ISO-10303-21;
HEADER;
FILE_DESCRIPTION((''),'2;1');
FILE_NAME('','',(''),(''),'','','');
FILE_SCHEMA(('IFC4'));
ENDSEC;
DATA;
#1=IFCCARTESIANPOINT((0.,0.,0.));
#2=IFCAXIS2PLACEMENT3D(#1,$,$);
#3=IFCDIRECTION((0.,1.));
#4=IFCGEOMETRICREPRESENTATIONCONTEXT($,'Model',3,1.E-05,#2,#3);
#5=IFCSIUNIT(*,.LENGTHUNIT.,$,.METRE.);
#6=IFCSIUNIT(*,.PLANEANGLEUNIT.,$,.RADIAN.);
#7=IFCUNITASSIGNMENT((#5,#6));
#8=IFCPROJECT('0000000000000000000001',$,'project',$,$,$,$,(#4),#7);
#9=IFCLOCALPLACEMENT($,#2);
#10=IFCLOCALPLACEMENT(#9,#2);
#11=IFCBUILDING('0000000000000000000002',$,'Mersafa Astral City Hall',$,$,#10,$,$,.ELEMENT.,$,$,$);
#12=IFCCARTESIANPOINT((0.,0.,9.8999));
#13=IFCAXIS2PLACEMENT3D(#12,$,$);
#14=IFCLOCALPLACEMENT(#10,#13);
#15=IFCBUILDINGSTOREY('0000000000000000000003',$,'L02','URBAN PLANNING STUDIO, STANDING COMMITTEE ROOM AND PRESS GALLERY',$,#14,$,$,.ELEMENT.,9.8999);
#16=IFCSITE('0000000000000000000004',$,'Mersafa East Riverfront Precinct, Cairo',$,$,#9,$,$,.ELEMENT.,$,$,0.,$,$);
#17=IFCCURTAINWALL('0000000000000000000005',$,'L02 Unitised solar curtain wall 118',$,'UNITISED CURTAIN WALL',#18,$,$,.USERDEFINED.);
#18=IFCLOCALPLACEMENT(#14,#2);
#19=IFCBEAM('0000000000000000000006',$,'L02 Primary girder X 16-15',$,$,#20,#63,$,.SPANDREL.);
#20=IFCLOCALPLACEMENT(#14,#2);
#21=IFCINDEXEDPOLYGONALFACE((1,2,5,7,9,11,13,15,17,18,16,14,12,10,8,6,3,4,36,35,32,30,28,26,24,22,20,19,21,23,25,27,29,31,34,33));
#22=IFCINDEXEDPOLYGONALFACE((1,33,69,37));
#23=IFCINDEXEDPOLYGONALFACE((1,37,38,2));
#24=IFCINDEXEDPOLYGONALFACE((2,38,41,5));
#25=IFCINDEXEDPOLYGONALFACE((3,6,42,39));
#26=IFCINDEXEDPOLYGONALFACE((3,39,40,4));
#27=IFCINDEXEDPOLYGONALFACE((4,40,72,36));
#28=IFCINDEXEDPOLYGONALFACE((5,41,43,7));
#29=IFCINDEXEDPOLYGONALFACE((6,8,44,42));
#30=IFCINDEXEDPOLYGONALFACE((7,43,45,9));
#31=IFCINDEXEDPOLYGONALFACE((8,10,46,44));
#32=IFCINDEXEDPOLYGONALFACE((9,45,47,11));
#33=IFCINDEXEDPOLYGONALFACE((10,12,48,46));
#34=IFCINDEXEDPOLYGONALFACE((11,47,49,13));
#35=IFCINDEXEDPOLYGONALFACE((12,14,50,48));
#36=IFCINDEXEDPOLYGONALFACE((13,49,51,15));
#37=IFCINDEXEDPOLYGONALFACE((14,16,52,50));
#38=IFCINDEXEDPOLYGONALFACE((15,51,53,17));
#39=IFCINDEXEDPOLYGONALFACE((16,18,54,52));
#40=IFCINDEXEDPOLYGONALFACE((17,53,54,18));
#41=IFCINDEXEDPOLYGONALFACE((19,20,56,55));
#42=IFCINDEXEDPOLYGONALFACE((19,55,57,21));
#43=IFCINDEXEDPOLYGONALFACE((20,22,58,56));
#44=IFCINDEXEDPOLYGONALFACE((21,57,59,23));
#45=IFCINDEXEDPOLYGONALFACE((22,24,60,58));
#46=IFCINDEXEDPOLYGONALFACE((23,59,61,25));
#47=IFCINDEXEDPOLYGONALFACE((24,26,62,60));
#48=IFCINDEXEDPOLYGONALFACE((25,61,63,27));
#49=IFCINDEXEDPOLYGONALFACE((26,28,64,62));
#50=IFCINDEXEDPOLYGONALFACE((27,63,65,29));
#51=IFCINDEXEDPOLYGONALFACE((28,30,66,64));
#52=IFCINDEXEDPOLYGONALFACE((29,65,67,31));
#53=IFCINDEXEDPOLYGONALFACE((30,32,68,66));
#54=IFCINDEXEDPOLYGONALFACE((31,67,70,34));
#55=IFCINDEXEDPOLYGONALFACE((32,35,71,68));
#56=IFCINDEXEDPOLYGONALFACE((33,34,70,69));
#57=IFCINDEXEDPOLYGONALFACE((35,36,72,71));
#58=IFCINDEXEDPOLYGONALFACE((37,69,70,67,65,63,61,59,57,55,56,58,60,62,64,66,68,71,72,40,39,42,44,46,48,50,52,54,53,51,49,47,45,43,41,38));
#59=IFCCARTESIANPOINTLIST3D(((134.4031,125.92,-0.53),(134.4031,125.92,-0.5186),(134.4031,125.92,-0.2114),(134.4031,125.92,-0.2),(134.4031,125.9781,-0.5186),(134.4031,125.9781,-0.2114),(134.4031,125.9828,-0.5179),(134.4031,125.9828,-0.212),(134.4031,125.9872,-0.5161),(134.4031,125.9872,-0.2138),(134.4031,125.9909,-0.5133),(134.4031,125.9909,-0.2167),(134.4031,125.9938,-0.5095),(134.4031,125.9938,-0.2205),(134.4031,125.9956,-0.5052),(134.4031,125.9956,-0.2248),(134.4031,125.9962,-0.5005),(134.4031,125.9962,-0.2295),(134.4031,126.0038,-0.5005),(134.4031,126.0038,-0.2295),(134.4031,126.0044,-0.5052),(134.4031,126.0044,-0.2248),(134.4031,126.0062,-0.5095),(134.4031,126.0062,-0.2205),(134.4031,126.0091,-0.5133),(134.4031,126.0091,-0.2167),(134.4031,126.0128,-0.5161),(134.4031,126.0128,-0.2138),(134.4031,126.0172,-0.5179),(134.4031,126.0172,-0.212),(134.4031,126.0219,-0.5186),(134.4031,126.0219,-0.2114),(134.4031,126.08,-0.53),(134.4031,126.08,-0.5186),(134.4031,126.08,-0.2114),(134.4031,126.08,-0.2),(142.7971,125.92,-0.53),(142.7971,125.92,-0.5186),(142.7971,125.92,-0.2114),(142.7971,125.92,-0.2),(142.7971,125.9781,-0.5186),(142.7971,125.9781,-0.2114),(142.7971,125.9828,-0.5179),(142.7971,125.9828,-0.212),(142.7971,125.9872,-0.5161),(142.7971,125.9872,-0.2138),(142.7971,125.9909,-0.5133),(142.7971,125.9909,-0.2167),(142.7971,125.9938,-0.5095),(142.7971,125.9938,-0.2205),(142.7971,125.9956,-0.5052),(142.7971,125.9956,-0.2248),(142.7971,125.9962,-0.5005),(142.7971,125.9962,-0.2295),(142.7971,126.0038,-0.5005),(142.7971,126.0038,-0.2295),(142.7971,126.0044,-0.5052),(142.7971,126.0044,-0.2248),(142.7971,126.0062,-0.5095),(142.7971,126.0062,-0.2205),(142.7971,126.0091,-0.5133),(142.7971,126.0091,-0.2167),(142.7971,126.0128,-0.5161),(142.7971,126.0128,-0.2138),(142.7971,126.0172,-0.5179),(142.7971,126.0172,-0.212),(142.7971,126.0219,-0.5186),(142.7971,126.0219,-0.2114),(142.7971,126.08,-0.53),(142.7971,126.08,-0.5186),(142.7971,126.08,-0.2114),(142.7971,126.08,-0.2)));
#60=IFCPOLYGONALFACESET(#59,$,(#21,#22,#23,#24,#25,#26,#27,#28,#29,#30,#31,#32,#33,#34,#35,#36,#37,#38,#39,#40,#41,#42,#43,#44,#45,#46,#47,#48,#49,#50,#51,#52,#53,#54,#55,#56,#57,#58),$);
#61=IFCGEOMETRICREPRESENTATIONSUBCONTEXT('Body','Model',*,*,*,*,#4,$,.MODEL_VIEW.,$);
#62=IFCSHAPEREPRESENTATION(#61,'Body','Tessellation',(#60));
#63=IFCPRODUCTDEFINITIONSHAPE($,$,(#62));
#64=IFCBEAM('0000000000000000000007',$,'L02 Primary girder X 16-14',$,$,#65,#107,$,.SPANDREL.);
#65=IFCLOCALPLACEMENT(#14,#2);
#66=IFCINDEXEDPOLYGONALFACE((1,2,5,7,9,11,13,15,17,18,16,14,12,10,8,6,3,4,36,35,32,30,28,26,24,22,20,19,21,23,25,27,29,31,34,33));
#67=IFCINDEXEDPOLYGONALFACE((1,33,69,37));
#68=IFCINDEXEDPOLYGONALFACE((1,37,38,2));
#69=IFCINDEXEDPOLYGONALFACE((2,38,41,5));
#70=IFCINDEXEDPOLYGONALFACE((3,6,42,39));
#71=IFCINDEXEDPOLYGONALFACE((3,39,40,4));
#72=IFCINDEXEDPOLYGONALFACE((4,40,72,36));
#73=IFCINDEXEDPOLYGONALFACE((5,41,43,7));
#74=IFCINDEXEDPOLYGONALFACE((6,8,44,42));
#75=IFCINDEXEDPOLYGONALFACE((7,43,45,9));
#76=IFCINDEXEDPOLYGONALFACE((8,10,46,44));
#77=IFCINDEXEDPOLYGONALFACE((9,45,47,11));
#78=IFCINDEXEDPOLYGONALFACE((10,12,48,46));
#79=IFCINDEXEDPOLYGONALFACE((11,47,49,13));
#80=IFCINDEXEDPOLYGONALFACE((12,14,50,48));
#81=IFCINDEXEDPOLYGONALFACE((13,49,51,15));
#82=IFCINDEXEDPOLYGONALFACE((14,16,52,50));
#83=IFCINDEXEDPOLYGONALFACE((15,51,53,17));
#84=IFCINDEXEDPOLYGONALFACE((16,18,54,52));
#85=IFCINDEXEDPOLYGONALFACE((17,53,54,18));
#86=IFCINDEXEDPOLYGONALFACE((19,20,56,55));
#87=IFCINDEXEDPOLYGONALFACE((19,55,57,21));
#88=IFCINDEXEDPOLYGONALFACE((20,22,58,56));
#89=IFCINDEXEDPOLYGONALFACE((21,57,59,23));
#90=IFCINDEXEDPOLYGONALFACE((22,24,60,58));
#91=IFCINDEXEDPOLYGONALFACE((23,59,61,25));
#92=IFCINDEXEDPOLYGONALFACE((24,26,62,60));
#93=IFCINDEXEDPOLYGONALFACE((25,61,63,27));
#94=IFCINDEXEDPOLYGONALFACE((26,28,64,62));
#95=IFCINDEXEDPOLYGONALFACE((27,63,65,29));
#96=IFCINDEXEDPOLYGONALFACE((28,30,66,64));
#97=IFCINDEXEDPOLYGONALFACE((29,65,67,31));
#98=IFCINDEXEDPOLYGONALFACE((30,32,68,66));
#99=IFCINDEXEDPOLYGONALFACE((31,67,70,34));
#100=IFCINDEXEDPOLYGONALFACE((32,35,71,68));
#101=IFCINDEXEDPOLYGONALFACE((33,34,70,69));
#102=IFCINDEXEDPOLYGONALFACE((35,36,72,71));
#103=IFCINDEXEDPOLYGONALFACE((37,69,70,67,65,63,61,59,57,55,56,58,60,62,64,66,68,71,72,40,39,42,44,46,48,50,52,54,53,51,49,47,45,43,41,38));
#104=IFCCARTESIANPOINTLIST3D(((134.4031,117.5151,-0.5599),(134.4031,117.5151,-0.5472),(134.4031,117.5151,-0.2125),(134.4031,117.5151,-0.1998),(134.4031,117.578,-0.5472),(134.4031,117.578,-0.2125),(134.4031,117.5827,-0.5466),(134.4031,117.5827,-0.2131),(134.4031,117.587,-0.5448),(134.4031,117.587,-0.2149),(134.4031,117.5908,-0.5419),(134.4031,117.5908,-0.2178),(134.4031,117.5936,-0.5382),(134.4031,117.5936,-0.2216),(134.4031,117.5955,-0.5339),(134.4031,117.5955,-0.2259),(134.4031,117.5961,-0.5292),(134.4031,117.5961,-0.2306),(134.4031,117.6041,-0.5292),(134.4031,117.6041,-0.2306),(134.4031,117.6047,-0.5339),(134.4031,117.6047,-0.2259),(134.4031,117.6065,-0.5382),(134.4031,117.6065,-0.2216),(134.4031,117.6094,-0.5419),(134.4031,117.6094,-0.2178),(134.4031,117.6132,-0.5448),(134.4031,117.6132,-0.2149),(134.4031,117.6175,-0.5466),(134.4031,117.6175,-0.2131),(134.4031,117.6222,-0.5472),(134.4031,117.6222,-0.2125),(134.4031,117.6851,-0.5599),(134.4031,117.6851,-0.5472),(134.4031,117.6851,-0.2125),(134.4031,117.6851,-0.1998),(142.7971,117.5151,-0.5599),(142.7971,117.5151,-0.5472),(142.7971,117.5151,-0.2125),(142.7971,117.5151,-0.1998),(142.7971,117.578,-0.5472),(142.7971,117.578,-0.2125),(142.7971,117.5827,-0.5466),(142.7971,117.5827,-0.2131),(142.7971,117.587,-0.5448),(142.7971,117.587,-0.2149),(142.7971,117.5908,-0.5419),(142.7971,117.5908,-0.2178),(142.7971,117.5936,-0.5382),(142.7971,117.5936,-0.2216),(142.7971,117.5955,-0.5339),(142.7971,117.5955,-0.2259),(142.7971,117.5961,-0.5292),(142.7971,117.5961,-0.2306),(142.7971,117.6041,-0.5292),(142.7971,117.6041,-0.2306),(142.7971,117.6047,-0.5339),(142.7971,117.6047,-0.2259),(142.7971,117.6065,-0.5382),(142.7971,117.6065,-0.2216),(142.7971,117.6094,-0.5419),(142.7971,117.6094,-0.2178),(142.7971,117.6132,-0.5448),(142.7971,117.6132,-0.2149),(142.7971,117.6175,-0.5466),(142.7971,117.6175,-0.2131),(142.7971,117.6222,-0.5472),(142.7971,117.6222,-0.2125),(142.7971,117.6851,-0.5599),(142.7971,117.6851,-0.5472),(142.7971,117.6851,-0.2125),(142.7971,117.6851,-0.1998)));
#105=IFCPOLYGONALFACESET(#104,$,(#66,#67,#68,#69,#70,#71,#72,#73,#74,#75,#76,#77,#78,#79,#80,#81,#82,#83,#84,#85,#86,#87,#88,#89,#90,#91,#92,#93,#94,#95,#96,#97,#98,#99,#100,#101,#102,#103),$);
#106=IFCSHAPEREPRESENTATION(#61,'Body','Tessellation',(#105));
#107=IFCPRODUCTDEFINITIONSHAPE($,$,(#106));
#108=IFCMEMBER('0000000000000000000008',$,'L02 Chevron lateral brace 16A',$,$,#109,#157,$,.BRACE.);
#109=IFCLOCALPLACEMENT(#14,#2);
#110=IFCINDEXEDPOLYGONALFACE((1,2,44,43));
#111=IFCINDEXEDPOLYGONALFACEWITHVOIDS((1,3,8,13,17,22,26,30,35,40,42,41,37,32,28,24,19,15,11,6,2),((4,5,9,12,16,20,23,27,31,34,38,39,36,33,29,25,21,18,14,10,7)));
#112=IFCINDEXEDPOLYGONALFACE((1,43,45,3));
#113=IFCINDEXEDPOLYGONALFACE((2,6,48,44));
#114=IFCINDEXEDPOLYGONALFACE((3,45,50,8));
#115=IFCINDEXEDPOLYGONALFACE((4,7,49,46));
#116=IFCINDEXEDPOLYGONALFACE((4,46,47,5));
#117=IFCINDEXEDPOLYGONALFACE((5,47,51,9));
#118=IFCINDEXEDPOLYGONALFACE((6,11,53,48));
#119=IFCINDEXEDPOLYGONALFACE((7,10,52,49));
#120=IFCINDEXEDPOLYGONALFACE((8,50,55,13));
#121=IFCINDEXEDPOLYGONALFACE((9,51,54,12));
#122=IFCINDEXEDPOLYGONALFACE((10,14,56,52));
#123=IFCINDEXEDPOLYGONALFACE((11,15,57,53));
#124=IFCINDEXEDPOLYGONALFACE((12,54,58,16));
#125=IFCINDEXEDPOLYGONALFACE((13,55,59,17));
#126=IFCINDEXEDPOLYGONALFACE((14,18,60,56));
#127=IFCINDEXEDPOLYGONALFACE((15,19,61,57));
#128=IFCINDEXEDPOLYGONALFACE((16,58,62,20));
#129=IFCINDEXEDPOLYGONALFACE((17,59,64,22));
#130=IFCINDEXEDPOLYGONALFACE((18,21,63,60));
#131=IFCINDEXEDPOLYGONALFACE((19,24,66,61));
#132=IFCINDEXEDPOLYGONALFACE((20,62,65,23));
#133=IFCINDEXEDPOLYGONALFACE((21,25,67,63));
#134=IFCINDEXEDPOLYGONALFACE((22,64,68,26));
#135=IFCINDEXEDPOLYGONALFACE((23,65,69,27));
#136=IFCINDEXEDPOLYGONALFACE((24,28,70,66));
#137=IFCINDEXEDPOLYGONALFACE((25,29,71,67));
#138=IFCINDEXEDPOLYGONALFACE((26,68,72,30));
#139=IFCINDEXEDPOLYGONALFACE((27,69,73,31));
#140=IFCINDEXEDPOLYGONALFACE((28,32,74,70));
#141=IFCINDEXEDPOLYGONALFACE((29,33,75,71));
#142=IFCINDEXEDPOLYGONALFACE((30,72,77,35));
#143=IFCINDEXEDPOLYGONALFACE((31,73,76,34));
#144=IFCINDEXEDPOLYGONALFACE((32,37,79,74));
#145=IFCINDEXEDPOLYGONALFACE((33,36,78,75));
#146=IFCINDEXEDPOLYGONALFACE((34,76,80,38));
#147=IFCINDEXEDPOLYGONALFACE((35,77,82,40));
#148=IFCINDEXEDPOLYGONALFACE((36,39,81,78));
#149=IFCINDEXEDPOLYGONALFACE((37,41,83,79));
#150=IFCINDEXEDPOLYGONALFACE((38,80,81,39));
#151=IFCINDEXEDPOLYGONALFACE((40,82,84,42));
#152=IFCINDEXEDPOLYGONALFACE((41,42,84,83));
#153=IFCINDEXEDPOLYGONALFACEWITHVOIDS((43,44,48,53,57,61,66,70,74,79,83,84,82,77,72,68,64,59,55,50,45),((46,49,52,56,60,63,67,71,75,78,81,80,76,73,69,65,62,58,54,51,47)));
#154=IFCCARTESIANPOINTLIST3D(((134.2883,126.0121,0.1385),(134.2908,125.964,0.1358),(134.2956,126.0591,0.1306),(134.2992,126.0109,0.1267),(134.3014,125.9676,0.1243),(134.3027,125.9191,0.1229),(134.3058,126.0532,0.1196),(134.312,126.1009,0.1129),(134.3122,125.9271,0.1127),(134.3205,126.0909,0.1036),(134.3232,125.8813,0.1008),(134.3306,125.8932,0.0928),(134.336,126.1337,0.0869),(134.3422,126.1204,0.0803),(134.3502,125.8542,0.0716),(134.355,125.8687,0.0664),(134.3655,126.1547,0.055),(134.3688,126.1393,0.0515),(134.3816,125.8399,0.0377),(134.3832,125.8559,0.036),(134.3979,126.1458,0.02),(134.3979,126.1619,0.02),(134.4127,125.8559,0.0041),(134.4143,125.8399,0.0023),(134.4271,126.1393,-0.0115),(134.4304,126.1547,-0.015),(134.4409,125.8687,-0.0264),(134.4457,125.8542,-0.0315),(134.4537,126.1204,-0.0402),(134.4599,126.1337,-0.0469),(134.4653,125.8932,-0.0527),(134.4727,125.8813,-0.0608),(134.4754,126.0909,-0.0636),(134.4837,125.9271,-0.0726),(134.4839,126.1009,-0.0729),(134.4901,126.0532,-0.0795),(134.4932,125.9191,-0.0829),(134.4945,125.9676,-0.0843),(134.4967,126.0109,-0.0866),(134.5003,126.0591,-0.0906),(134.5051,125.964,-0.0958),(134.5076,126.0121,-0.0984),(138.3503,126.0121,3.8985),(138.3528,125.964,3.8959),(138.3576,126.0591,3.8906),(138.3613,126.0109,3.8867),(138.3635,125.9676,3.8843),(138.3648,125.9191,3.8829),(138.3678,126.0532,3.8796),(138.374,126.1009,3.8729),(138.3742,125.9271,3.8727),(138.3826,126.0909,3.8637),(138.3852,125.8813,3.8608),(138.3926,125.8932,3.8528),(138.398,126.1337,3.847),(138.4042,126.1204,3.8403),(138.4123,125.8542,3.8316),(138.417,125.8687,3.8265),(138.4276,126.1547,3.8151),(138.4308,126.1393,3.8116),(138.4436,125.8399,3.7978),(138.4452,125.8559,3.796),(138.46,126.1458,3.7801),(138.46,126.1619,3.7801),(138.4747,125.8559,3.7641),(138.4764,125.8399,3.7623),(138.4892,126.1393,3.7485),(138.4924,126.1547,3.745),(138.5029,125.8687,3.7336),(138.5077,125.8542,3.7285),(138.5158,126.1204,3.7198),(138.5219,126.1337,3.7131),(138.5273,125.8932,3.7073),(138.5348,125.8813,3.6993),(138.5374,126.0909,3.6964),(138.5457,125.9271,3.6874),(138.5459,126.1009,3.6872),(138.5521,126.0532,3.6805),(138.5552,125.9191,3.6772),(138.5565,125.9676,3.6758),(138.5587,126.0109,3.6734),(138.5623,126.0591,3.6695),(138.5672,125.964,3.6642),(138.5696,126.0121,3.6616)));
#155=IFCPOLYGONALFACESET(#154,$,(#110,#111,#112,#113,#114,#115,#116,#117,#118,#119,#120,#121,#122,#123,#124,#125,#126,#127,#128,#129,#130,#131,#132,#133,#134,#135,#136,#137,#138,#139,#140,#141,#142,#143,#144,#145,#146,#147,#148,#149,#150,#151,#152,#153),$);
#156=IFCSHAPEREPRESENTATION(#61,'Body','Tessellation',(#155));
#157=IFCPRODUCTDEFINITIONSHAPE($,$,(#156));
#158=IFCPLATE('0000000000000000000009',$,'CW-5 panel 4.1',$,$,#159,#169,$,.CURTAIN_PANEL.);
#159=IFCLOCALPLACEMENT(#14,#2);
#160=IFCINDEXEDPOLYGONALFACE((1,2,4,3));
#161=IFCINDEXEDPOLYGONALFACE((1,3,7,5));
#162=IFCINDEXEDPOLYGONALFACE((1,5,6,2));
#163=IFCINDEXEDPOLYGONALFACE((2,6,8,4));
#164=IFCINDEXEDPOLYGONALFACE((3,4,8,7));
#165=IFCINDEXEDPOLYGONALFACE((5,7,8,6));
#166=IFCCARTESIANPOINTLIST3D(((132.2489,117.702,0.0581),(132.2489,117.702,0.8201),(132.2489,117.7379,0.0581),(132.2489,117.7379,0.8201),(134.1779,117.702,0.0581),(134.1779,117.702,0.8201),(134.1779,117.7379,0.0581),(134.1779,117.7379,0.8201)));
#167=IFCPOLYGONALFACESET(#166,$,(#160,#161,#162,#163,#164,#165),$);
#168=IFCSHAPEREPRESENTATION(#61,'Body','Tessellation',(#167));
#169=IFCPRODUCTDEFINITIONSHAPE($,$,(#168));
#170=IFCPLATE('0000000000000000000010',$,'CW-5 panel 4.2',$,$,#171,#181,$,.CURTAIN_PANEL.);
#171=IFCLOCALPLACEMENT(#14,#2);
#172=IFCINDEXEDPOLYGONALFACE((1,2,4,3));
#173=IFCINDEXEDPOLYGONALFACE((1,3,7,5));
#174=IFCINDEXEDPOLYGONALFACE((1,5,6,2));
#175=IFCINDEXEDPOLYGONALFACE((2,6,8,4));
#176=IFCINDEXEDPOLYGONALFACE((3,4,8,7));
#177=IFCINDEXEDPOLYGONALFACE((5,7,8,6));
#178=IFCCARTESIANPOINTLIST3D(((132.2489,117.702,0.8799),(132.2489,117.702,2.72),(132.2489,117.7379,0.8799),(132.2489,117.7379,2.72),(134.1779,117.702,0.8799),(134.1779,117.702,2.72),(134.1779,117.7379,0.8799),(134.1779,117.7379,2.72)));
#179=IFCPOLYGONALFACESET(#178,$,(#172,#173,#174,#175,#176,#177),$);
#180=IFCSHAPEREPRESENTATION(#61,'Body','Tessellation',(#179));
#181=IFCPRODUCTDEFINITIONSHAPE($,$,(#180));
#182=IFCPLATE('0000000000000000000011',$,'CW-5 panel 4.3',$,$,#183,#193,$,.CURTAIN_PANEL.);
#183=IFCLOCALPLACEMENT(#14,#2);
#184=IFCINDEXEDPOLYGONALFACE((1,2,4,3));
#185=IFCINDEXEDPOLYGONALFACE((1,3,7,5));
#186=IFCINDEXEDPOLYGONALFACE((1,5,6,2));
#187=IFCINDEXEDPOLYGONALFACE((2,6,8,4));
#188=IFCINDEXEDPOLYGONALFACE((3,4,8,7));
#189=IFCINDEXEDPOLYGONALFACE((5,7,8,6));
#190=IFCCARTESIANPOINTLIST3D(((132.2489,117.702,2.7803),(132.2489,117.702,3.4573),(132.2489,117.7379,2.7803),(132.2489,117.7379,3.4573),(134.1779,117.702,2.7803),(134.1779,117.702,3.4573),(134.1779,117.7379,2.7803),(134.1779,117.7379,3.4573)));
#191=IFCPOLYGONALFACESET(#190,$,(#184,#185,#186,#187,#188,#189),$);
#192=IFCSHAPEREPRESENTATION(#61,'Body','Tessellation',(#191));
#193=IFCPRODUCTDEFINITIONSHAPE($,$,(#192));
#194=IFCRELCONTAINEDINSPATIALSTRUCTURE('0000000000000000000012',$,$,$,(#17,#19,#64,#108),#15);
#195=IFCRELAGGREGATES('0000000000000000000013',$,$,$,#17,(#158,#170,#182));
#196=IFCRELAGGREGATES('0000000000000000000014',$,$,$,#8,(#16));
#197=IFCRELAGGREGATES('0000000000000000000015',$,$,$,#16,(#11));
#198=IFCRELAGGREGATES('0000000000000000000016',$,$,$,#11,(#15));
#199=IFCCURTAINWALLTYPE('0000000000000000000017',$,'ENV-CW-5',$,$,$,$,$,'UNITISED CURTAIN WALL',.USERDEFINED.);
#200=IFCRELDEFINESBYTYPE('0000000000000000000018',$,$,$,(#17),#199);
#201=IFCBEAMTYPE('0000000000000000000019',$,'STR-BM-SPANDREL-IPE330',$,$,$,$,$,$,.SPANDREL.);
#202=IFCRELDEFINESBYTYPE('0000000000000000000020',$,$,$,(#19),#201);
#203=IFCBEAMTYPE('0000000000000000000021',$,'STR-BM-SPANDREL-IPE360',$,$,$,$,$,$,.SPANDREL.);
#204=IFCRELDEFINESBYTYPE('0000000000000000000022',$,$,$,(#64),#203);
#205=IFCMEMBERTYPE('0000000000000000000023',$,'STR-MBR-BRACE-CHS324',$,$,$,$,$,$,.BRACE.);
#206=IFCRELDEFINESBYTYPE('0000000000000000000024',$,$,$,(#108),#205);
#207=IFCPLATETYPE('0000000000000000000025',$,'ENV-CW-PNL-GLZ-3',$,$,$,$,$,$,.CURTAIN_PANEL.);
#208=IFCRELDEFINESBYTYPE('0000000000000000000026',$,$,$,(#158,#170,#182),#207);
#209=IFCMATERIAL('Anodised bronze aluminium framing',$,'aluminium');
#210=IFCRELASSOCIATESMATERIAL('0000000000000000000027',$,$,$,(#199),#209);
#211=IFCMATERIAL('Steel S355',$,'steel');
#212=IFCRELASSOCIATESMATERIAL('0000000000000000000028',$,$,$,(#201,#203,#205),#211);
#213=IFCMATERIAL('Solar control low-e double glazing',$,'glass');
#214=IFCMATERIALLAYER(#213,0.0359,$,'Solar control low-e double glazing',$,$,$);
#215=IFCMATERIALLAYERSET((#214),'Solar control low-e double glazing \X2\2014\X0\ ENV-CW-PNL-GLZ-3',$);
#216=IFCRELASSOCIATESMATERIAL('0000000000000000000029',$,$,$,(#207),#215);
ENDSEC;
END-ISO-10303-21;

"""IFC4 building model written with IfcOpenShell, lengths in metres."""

from ifc_helpers import new_model, si_unit, direction, frame, origin, origin_2d, place, context, subcontext, project, spatial, rectangle, hollow_circle, i_section, extrude, material, layer, layer_set, material_profile, profile_set, type_object, element, aggregate, save


model = new_model("IFC4")

# Units and contexts
model_context = context("Model", 3, precision=1e-05, world=origin(), true_north=direction((0.0, 1.0)))
body_context = subcontext(model_context, "Body", "Model", "MODEL_VIEW")
ifc_project = project(units=[si_unit("LENGTHUNIT", "METRE"), si_unit("PLANEANGLEUNIT", "RADIAN")], contexts=[model_context])

# Site, building, storey
site_placement = place(None, origin())
site = spatial("IfcSite", under=ifc_project, at=site_placement, Name="Mersafa East Riverfront Precinct, Cairo", CompositionType="ELEMENT", RefElevation=0.0)
building_placement = place(site_placement, origin())
building = spatial("IfcBuilding", under=site, at=building_placement, Name="Mersafa Astral City Hall", CompositionType="ELEMENT")
storey_placement = place(building_placement, frame((0.0, 0.0, 9.8999)))
storey = spatial("IfcBuildingStorey", under=building, at=storey_placement, Name="L02", Description="URBAN PLANNING STUDIO, STANDING COMMITTEE ROOM AND PRESS GALLERY", CompositionType="ELEMENT", Elevation=9.8999)

# Shared definitions
ifc_material_1 = material(Name="Steel S355", Category="steel")

# Curtain wall
ifc_material_2 = material(Name="Anodised bronze aluminium framing", Category="aluminium")
curtain_wall_type = type_object("IfcCurtainWallType", Name="ENV-CW-5", ElementType="UNITISED CURTAIN WALL", PredefinedType="USERDEFINED", material=ifc_material_2)
curtain_wall_placement = place(storey_placement, origin())
curtain_wall = element("IfcCurtainWall", 1, at=curtain_wall_placement, inside=storey, type_object=curtain_wall_type, Name="L02 Unitised solar curtain wall 118", ObjectType="UNITISED CURTAIN WALL", PredefinedType="USERDEFINED")

# Beams
ifc_material_profile_1 = material_profile(ifc_material_1, i_section(OverallWidth=0.1599, OverallDepth=0.3301, WebThickness=0.0076, FlangeThickness=0.0115, FilletRadius=0.0181, at=origin_2d()), Name="IPE 330")
ifc_profile_set_1 = profile_set([ifc_material_profile_1], Name="Steel S355")
beam_type_1 = type_object("IfcBeamType", Name="STR-BM-SPANDREL-IPE330", PredefinedType="SPANDREL", material=ifc_profile_set_1)
beam_1_placement = place(storey_placement, frame((134.4031, 126.0, -0.365), z_axis=(1.0, 0.0, 0.0), x_axis=(0.0, 1.0, 0.0)))
element("IfcBeam", 2, at=beam_1_placement, inside=storey, type_object=beam_type_1, Name="L02 Primary girder X 16-15", PredefinedType="SPANDREL", context=body_context, shape_type="SweptSolid", body=[
    extrude(i_section(OverallWidth=0.1599, OverallDepth=0.3301, WebThickness=0.0076, FlangeThickness=0.0115, FilletRadius=0.0181, at=origin_2d()), origin(), (0.0, 0.0, 1.0), 8.394),
])
ifc_material_profile_2 = material_profile(ifc_material_1, i_section(OverallWidth=0.1699, OverallDepth=0.3601, WebThickness=0.0081, FlangeThickness=0.0127, FilletRadius=0.0181, at=origin_2d()), Name="IPE 360")
ifc_profile_set_2 = profile_set([ifc_material_profile_2], Name="Steel S355")
beam_type_2 = type_object("IfcBeamType", Name="STR-BM-SPANDREL-IPE360", PredefinedType="SPANDREL", material=ifc_profile_set_2)
beam_2_placement = place(storey_placement, frame((134.4031, 117.6001, -0.3799), z_axis=(1.0, 0.0, 0.0), x_axis=(0.0, 1.0, 0.0)))
element("IfcBeam", 3, at=beam_2_placement, inside=storey, type_object=beam_type_2, Name="L02 Primary girder X 16-14", PredefinedType="SPANDREL", context=body_context, shape_type="SweptSolid", body=[
    extrude(i_section(OverallWidth=0.1699, OverallDepth=0.3601, WebThickness=0.0081, FlangeThickness=0.0127, FilletRadius=0.0181, at=origin_2d()), origin(), (0.0, 0.0, 1.0), 8.394),
])

# Member
ifc_material_profile_3 = material_profile(ifc_material_1, hollow_circle(Radius=0.1619, WallThickness=0.0161, at=origin_2d()), Name="CHS 323.9x16")
ifc_profile_set_3 = profile_set([ifc_material_profile_3], Name="Steel S355")
member_type_1 = type_object("IfcMemberType", Name="STR-MBR-BRACE-CHS324", PredefinedType="BRACE", material=ifc_profile_set_3)
member_1_placement = place(storey_placement, frame((134.3979, 126.0, 0.02), z_axis=(0.733861, 0.0, 0.6793), x_axis=(0.0, 1.0, 0.0)))
element("IfcMember", 4, at=member_1_placement, inside=storey, type_object=member_type_1, Name="L02 Chevron lateral brace 16A", PredefinedType="BRACE", context=body_context, shape_type="SweptSolid", body=[
    extrude(hollow_circle(Radius=0.1619, WallThickness=0.0161, at=origin_2d()), origin(), (0.0, 0.0, 1.0), 5.5352),
])

# Plates
ifc_material_3 = material(Name="Solar control low-e double glazing", Category="glass")
ifc_layer_1 = layer(ifc_material_3, 0.0359, Name="Solar control low-e double glazing")
ifc_layer_set_1 = layer_set([ifc_layer_1], Name="Solar control low-e double glazing — ENV-CW-PNL-GLZ-3")
plate_type_1 = type_object("IfcPlateType", Name="ENV-CW-PNL-GLZ-3", PredefinedType="CURTAIN_PANEL", material=ifc_layer_set_1)
plate_1_placement = place(storey_placement, frame((133.2134, 117.72, 0.0581), z_axis=(0.0, 0.0, 1.0), x_axis=(1.0, 0.0, 0.0)))
plate_1 = element("IfcPlate", 5, at=plate_1_placement, type_object=plate_type_1, Name="CW-5 panel 4.1", PredefinedType="CURTAIN_PANEL", context=body_context, shape_type="SweptSolid", body=[
    extrude(rectangle(XDim=1.929, YDim=0.0359, at=origin_2d()), origin(), (0.0, 0.0, 1.0), 0.762),
])
plate_2_placement = place(storey_placement, frame((133.2134, 117.72, 0.8799), z_axis=(0.0, 0.0, 1.0), x_axis=(1.0, 0.0, 0.0)))
plate_2 = element("IfcPlate", 6, at=plate_2_placement, type_object=plate_type_1, Name="CW-5 panel 4.2", PredefinedType="CURTAIN_PANEL", context=body_context, shape_type="SweptSolid", body=[
    extrude(rectangle(XDim=1.929, YDim=0.0359, at=origin_2d()), origin(), (0.0, 0.0, 1.0), 1.8401),
])
plate_3_placement = place(storey_placement, frame((133.2134, 117.72, 2.7803), z_axis=(0.0, 0.0, 1.0), x_axis=(1.0, 0.0, 0.0)))
plate_3 = element("IfcPlate", 7, at=plate_3_placement, type_object=plate_type_1, Name="CW-5 panel 4.3", PredefinedType="CURTAIN_PANEL", context=body_context, shape_type="SweptSolid", body=[
    extrude(rectangle(XDim=1.929, YDim=0.0359, at=origin_2d()), origin(), (0.0, 0.0, 1.0), 0.677),
])
aggregate(curtain_wall, [plate_1, plate_2, plate_3])

save(model, "model.ifc")
